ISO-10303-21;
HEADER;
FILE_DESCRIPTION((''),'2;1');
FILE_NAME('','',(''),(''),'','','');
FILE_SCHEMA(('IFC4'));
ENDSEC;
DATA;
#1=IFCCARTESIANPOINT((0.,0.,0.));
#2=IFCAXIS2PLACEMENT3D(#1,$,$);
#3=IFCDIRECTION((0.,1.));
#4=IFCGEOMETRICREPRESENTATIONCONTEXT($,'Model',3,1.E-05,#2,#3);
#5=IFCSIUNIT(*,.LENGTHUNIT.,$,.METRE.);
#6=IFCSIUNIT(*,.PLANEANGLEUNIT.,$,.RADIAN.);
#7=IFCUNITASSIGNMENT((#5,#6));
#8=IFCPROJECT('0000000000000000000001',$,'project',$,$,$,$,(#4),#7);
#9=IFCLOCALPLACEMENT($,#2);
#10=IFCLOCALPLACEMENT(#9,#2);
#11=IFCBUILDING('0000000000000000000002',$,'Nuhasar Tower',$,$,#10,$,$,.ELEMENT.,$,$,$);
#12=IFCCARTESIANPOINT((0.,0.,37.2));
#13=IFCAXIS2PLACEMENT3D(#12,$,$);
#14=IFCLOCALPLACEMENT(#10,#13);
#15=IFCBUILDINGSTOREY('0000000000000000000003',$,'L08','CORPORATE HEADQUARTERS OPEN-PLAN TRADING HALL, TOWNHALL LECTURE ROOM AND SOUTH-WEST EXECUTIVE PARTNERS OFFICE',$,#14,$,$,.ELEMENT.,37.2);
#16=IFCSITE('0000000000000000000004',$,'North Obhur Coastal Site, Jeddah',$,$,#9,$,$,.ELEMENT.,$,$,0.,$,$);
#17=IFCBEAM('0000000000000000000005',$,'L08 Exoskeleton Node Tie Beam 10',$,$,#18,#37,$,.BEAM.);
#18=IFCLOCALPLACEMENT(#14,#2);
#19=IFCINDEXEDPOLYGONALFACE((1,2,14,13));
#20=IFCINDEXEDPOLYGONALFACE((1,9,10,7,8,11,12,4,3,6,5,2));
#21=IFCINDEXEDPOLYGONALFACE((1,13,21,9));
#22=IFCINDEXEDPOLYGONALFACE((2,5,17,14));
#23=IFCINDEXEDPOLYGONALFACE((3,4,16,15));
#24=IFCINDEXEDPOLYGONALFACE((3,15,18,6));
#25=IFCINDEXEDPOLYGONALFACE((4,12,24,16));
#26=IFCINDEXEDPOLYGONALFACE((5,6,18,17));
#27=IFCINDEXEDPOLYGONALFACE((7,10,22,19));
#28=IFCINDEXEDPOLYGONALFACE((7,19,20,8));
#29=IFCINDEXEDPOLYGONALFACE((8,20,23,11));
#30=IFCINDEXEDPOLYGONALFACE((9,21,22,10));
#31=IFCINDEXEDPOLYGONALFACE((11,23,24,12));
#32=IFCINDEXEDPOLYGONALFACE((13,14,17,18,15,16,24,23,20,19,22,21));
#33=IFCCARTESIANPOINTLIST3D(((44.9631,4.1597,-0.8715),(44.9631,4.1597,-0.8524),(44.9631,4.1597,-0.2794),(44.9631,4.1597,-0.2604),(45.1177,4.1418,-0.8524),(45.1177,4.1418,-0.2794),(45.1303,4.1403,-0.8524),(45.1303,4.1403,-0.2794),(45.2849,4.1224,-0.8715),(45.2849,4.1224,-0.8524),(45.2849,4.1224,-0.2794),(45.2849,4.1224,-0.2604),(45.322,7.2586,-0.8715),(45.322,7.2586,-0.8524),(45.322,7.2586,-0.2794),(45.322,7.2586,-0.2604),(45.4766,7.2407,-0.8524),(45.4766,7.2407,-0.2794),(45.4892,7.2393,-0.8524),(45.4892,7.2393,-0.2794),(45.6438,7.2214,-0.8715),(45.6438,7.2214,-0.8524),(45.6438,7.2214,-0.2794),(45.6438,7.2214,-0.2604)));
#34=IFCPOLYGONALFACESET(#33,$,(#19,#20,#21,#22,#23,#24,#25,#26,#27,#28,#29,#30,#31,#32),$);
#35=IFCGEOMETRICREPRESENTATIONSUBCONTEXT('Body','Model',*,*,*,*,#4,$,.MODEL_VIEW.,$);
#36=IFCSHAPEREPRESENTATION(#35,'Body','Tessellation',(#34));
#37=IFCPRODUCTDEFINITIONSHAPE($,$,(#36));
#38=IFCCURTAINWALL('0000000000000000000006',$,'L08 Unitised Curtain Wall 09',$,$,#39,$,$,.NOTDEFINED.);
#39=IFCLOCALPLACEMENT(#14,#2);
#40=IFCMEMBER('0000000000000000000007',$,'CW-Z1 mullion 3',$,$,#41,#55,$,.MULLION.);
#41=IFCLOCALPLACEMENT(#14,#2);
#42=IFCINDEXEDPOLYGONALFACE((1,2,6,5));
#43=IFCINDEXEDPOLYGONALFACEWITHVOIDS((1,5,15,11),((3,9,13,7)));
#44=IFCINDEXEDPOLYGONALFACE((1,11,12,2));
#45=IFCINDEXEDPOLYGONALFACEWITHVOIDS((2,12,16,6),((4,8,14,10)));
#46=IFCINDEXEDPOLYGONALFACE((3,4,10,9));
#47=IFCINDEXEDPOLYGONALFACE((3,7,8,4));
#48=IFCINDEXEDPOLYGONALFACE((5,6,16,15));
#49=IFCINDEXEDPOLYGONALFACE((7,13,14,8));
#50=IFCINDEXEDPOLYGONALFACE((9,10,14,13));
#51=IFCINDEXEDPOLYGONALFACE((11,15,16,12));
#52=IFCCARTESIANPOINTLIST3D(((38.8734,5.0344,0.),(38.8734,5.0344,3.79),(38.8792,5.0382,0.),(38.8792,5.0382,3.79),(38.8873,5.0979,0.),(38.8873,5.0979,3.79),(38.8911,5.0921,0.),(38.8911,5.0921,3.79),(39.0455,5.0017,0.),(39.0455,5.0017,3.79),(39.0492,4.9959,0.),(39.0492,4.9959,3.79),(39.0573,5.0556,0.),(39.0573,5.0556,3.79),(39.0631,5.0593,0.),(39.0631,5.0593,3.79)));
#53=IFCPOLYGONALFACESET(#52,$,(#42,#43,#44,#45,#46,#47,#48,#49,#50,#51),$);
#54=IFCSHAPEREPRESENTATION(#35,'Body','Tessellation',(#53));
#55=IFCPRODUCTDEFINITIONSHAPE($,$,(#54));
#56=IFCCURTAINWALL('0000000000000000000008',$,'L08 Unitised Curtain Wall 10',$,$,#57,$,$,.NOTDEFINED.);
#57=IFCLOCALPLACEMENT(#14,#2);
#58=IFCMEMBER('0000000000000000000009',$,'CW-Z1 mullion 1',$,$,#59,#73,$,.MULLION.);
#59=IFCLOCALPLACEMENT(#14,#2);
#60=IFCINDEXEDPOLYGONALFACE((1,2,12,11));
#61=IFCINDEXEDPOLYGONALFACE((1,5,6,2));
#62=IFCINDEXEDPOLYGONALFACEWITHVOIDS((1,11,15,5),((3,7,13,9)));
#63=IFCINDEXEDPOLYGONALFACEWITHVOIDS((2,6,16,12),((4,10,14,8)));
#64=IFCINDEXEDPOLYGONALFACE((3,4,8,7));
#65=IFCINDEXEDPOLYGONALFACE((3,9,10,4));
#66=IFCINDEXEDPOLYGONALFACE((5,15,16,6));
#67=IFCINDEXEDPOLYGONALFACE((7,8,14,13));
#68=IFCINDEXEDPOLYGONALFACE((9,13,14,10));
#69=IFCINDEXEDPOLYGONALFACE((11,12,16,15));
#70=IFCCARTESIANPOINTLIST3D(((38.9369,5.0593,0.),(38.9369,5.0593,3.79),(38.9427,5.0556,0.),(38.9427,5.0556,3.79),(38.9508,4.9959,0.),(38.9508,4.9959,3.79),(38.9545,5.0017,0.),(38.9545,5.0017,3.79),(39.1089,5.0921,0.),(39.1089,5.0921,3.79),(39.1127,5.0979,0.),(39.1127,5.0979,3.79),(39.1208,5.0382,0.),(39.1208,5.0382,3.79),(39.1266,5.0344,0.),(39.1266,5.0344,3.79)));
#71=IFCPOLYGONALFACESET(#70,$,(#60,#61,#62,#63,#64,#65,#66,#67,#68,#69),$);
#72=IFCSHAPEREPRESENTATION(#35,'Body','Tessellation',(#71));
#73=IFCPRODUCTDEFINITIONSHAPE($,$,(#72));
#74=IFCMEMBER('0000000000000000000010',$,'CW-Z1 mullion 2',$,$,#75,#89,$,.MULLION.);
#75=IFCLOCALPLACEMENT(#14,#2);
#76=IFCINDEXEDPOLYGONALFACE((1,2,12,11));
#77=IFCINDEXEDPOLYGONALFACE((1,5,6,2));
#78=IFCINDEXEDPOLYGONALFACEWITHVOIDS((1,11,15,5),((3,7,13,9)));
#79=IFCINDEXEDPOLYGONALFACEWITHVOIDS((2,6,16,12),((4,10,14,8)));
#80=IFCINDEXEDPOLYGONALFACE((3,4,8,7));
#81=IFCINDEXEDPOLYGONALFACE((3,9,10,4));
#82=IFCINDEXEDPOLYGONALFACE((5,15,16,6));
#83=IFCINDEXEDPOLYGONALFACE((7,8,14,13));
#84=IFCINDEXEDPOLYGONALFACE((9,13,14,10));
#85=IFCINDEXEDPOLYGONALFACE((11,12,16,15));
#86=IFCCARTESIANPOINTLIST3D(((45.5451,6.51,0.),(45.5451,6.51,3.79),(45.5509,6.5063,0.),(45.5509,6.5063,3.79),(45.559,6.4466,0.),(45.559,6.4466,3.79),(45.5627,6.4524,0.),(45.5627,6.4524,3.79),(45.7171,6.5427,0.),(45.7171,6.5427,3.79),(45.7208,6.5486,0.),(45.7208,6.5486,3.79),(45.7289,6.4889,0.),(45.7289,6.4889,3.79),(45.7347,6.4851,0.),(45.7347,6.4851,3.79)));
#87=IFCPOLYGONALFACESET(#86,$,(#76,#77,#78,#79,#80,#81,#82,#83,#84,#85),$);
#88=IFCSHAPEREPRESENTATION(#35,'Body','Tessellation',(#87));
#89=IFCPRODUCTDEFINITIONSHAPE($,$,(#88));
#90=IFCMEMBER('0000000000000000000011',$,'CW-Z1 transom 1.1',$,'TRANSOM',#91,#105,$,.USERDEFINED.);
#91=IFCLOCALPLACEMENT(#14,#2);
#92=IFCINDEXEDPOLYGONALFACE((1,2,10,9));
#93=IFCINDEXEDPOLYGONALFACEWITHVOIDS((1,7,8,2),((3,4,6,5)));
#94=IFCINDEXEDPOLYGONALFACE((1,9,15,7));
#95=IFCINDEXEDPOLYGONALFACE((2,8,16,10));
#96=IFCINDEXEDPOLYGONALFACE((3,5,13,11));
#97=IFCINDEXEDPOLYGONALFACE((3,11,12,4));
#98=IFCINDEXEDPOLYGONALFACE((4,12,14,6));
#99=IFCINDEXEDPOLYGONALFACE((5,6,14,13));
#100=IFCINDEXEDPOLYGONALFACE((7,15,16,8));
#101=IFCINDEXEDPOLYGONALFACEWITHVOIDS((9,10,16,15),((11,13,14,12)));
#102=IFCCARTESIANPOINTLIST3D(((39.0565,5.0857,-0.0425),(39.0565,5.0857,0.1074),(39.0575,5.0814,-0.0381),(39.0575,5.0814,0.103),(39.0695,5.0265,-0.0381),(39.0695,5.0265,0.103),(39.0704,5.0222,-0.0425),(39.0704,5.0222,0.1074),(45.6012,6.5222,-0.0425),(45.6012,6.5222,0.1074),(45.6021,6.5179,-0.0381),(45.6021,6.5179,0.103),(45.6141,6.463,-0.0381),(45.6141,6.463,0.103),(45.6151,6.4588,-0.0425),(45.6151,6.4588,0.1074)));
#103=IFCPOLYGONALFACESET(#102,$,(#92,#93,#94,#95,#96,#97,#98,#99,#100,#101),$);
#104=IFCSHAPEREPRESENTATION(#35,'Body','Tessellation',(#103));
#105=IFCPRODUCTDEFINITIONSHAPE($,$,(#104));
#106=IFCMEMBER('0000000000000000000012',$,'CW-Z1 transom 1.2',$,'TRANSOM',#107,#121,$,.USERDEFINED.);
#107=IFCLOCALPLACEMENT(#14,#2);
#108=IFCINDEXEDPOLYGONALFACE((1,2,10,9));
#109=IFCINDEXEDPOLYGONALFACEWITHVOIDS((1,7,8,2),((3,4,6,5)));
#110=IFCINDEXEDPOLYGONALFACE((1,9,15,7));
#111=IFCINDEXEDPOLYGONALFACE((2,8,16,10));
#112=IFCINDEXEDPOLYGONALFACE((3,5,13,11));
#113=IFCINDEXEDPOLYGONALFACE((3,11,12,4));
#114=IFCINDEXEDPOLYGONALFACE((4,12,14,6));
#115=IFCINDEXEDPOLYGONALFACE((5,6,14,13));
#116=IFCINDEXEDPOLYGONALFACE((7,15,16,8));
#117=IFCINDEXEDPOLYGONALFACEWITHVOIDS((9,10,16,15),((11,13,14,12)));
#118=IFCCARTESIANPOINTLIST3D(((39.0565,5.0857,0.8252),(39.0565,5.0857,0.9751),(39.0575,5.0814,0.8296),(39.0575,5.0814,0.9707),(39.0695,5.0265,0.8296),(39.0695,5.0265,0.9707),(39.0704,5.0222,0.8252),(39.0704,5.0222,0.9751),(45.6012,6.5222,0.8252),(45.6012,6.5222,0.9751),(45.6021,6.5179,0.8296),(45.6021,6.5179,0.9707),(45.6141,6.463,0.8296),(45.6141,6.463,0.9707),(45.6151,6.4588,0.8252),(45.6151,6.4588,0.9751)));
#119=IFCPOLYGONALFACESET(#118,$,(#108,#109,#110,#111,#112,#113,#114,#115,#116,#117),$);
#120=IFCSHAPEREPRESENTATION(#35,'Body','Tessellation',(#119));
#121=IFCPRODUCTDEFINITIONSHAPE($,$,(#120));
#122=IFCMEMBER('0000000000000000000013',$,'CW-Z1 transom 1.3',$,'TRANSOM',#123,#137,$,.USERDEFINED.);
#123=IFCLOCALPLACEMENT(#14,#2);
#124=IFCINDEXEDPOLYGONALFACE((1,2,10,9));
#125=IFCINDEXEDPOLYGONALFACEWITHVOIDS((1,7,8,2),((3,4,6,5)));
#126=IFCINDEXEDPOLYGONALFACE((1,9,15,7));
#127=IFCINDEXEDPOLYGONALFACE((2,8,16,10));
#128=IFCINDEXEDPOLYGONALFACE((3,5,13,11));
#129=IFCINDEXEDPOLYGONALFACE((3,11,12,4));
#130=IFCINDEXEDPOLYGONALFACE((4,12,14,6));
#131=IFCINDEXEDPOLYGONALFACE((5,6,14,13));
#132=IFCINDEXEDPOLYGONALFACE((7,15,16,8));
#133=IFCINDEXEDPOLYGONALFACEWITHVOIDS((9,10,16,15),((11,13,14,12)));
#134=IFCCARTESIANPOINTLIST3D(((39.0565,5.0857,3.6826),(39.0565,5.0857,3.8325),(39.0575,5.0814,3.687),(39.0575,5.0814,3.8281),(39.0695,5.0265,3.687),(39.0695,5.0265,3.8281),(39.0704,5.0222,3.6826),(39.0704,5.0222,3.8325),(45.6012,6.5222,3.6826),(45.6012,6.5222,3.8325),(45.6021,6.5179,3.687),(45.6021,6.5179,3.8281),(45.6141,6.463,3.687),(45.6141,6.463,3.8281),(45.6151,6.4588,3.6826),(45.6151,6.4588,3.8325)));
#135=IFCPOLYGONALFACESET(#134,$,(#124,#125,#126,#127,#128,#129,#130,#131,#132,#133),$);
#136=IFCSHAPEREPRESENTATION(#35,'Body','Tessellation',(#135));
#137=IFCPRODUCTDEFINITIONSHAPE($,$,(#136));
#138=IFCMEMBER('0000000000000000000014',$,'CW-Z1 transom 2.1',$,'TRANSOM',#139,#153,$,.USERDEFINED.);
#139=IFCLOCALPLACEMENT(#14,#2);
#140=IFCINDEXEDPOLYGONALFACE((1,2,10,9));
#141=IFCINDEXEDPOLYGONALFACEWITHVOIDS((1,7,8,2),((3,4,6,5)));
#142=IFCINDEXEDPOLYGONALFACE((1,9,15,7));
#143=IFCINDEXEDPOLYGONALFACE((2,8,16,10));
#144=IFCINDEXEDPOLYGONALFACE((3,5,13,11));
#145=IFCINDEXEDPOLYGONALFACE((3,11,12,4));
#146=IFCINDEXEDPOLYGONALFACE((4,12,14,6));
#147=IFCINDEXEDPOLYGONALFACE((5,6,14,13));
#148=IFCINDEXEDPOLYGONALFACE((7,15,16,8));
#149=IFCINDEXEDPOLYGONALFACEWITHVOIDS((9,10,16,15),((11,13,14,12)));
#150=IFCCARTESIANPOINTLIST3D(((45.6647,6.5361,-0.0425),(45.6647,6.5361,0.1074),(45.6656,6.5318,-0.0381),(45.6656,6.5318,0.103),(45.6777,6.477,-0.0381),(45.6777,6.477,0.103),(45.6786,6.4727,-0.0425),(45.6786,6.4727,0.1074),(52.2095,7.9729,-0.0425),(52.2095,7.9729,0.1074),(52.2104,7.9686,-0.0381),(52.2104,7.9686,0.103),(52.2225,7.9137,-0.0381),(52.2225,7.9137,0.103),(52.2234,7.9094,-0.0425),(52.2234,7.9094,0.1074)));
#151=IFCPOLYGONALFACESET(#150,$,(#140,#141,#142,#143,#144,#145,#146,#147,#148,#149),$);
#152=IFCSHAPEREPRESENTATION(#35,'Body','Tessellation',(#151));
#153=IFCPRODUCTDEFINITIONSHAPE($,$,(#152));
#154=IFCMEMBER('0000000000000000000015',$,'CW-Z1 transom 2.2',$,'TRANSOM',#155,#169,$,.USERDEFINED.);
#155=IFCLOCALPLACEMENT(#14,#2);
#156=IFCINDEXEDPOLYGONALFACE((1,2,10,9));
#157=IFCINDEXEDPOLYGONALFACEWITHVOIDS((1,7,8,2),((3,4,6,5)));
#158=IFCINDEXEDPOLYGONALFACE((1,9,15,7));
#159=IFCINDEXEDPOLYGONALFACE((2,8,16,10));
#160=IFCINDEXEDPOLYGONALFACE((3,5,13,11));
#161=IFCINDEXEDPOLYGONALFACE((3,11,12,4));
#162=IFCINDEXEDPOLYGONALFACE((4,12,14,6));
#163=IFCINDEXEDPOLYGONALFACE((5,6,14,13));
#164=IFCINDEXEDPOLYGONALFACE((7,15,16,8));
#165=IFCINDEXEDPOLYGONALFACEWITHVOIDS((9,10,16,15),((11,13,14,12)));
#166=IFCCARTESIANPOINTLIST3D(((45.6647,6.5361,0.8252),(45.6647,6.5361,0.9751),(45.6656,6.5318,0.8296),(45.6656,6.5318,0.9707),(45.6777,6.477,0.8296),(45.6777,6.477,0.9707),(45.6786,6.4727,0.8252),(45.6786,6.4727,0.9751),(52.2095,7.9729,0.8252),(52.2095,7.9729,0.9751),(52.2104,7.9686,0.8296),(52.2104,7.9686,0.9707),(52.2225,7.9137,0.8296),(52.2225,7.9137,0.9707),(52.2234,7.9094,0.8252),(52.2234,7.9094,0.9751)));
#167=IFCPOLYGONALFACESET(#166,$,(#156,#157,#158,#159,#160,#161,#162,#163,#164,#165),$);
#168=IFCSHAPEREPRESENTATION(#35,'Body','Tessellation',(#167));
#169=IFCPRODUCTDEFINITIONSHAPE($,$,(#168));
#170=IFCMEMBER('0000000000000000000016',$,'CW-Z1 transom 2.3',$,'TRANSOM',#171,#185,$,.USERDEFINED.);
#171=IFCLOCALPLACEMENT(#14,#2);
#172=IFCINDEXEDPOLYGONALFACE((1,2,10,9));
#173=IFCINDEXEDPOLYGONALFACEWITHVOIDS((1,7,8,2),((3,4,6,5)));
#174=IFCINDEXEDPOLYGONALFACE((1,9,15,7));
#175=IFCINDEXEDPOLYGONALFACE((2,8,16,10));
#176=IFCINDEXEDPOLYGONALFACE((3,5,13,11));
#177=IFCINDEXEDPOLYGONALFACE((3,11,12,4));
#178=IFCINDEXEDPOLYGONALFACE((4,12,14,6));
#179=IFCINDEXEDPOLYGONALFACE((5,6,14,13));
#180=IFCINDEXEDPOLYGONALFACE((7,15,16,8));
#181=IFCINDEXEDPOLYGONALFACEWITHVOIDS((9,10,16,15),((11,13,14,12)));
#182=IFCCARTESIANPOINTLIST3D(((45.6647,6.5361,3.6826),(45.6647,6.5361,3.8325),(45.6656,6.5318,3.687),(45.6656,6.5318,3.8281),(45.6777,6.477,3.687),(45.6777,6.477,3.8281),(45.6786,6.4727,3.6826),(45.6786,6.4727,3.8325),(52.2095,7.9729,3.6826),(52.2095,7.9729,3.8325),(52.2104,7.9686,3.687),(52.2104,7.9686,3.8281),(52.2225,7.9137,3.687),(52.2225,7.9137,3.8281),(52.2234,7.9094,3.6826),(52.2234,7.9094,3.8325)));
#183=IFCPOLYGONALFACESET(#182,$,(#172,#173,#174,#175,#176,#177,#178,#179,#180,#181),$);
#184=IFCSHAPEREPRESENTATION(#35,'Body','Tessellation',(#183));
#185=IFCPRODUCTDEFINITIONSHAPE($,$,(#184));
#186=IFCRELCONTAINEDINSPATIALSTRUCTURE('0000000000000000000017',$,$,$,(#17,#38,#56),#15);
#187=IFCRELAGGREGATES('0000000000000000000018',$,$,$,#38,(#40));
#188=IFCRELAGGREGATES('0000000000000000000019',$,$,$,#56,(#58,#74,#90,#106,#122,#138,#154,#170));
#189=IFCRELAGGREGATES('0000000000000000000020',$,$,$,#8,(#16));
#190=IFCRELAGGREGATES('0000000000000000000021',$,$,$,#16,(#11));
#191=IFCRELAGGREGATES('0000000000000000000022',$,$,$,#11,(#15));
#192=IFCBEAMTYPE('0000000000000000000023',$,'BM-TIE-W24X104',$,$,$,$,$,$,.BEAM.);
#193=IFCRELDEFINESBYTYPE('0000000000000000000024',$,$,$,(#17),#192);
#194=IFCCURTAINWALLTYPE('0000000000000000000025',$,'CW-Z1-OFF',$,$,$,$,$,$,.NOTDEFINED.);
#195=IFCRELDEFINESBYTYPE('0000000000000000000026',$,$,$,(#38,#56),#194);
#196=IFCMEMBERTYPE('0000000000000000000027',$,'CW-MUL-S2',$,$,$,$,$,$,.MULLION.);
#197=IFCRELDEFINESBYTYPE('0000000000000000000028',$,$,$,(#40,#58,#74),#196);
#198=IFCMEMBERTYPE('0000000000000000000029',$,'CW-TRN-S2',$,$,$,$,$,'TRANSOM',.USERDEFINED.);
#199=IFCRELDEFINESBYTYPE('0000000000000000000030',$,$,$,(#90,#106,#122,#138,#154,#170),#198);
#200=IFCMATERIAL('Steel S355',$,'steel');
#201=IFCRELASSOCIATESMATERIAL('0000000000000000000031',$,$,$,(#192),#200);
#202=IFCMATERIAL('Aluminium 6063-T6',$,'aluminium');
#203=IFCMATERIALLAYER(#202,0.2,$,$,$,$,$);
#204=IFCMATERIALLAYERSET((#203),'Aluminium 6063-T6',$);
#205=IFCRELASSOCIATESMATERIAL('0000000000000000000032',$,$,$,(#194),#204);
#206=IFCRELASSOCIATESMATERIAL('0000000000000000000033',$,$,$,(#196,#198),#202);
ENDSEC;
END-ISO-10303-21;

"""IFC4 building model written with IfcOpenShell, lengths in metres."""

from ifc_helpers import new_model, si_unit, direction, frame, origin, origin_2d, place, context, subcontext, project, spatial, hollow_rectangle, i_section, extrude, material, layer, layer_set, material_profile, profile_set, type_object, element, aggregate, save


model = new_model("IFC4")

# Units and contexts
model_context = context("Model", 3, precision=1e-05, world=origin(), true_north=direction((0.0, 1.0)))
body_context = subcontext(model_context, "Body", "Model", "MODEL_VIEW")
ifc_project = project(units=[si_unit("LENGTHUNIT", "METRE"), si_unit("PLANEANGLEUNIT", "RADIAN")], contexts=[model_context])

# Site, building, storey
site_placement = place(None, origin())
site = spatial("IfcSite", under=ifc_project, at=site_placement, Name="North Obhur Coastal Site, Jeddah", CompositionType="ELEMENT", RefElevation=0.0)
building_placement = place(site_placement, origin())
building = spatial("IfcBuilding", under=site, at=building_placement, Name="Nuhasar Tower", CompositionType="ELEMENT")
storey_placement = place(building_placement, frame((0.0, 0.0, 37.2)))
storey = spatial("IfcBuildingStorey", under=building, at=storey_placement, Name="L08", Description="CORPORATE HEADQUARTERS OPEN-PLAN TRADING HALL, TOWNHALL LECTURE ROOM AND SOUTH-WEST EXECUTIVE PARTNERS OFFICE", CompositionType="ELEMENT", Elevation=37.2)

# Beam
ifc_material_1 = material(Name="Steel S355", Category="steel")
ifc_material_profile_1 = material_profile(ifc_material_1, i_section(OverallWidth=0.324, OverallDepth=0.6111, WebThickness=0.0127, FlangeThickness=0.019, at=origin_2d()), Name="W24X104")
ifc_profile_set_1 = profile_set([ifc_material_profile_1], Name="Steel S355")
beam_type_1 = type_object("IfcBeamType", Name="BM-TIE-W24X104", PredefinedType="BEAM", material=ifc_profile_set_1)
beam_1_placement = place(storey_placement, frame((45.4829, 7.24, -0.5659), z_axis=(-0.115043, -0.993361, 0.0), x_axis=(0.993361, -0.115043, 0.0)))
element("IfcBeam", 1, at=beam_1_placement, inside=storey, type_object=beam_type_1, Name="L08 Exoskeleton Node Tie Beam 10", PredefinedType="BEAM", context=body_context, shape_type="SweptSolid", body=[
    extrude(i_section(OverallWidth=0.324, OverallDepth=0.6111, WebThickness=0.0127, FlangeThickness=0.019, at=origin_2d()), origin(), (0.0, 0.0, 1.0), 3.1196),
])

# Curtain wall, member
ifc_material_2 = material(Name="Aluminium 6063-T6", Category="aluminium")
ifc_layer_1 = layer(ifc_material_2, 0.2)
ifc_layer_set_1 = layer_set([ifc_layer_1], Name="Aluminium 6063-T6")
curtain_wall_type = type_object("IfcCurtainWallType", Name="CW-Z1-OFF", PredefinedType="NOTDEFINED", material=ifc_layer_set_1)
curtain_wall_1_placement = place(storey_placement, origin())
curtain_wall_1 = element("IfcCurtainWall", 2, at=curtain_wall_1_placement, inside=storey, type_object=curtain_wall_type, Name="L08 Unitised Curtain Wall 09", PredefinedType="NOTDEFINED")
ifc_material_profile_2 = material_profile(ifc_material_2, hollow_rectangle(XDim=0.0649, YDim=0.1799, WallThickness=0.0049, at=origin_2d()), Name="CWM-2")
ifc_profile_set_2 = profile_set([ifc_material_profile_2], Name="Aluminium 6063-T6")
member_type_1 = type_object("IfcMemberType", Name="CW-MUL-S2", PredefinedType="MULLION", material=ifc_profile_set_2)
member_1_placement = place(storey_placement, frame((38.9683, 5.0469, 0.0), z_axis=(0.0, 0.0, 1.0), x_axis=(0.214399, 0.976746, 0.0)))
member_1 = element("IfcMember", 3, at=member_1_placement, type_object=member_type_1, Name="CW-Z1 mullion 3", PredefinedType="MULLION", context=body_context, shape_type="SweptSolid", body=[
    extrude(hollow_rectangle(XDim=0.0649, YDim=0.1799, WallThickness=0.0049, at=origin_2d()), origin(), (0.0, 0.0, 1.0), 3.79),
])
aggregate(curtain_wall_1, [member_1])

# Curtain wall, members
curtain_wall_2_placement = place(storey_placement, origin())
curtain_wall_2 = element("IfcCurtainWall", 4, at=curtain_wall_2_placement, inside=storey, type_object=curtain_wall_type, Name="L08 Unitised Curtain Wall 10", PredefinedType="NOTDEFINED")
member_2_placement = place(storey_placement, frame((39.0317, 5.0469, 0.0), z_axis=(0.0, 0.0, 1.0), x_axis=(-0.214399, 0.976746, 0.0)))
member_2 = element("IfcMember", 5, at=member_2_placement, type_object=member_type_1, Name="CW-Z1 mullion 1", PredefinedType="MULLION", context=body_context, shape_type="SweptSolid", body=[
    extrude(hollow_rectangle(XDim=0.0649, YDim=0.1799, WallThickness=0.0049, at=origin_2d()), origin(), (0.0, 0.0, 1.0), 3.79),
])
member_3_placement = place(storey_placement, frame((45.6399, 6.4976, 0.0), z_axis=(0.0, 0.0, 1.0), x_axis=(-0.214399, 0.976746, 0.0)))
member_3 = element("IfcMember", 6, at=member_3_placement, type_object=member_type_1, Name="CW-Z1 mullion 2", PredefinedType="MULLION", context=body_context, shape_type="SweptSolid", body=[
    extrude(hollow_rectangle(XDim=0.0649, YDim=0.1799, WallThickness=0.0049, at=origin_2d()), origin(), (0.0, 0.0, 1.0), 3.79),
])
ifc_material_profile_3 = material_profile(ifc_material_2, hollow_rectangle(XDim=0.0649, YDim=0.1499, WallThickness=0.0044, at=origin_2d()), Name="CWT-2")
ifc_profile_set_3 = profile_set([ifc_material_profile_3], Name="Aluminium 6063-T6")
member_type_2 = type_object("IfcMemberType", Name="CW-TRN-S2", ElementType="TRANSOM", PredefinedType="USERDEFINED", material=ifc_profile_set_3)
member_4_placement = place(storey_placement, frame((39.0635, 5.054, 0.0325), z_axis=(0.976748, 0.214391, 0.0), x_axis=(-0.214391, 0.976748, 0.0)))
member_4 = element("IfcMember", 7, at=member_4_placement, type_object=member_type_2, Name="CW-Z1 transom 1.1", ObjectType="TRANSOM", PredefinedType="USERDEFINED", context=body_context, shape_type="SweptSolid", body=[
    extrude(hollow_rectangle(XDim=0.0649, YDim=0.1499, WallThickness=0.0044, at=origin_2d()), origin(), (0.0, 0.0, 1.0), 6.7004),
])
member_5_placement = place(storey_placement, frame((39.0635, 5.054, 0.9001), z_axis=(0.976748, 0.214391, 0.0), x_axis=(-0.214391, 0.976748, 0.0)))
member_5 = element("IfcMember", 8, at=member_5_placement, type_object=member_type_2, Name="CW-Z1 transom 1.2", ObjectType="TRANSOM", PredefinedType="USERDEFINED", context=body_context, shape_type="SweptSolid", body=[
    extrude(hollow_rectangle(XDim=0.0649, YDim=0.1499, WallThickness=0.0044, at=origin_2d()), origin(), (0.0, 0.0, 1.0), 6.7004),
])
member_6_placement = place(storey_placement, frame((39.0635, 5.054, 3.7576), z_axis=(0.976748, 0.214391, 0.0), x_axis=(-0.214391, 0.976748, 0.0)))
member_6 = element("IfcMember", 9, at=member_6_placement, type_object=member_type_2, Name="CW-Z1 transom 1.3", ObjectType="TRANSOM", PredefinedType="USERDEFINED", context=body_context, shape_type="SweptSolid", body=[
    extrude(hollow_rectangle(XDim=0.0649, YDim=0.1499, WallThickness=0.0044, at=origin_2d()), origin(), (0.0, 0.0, 1.0), 6.7004),
])
member_7_placement = place(storey_placement, frame((45.6716, 6.5044, 0.0325), z_axis=(0.976742, 0.214418, 0.0), x_axis=(-0.214418, 0.976742, 0.0)))
member_7 = element("IfcMember", 10, at=member_7_placement, type_object=member_type_2, Name="CW-Z1 transom 2.1", ObjectType="TRANSOM", PredefinedType="USERDEFINED", context=body_context, shape_type="SweptSolid", body=[
    extrude(hollow_rectangle(XDim=0.0649, YDim=0.1499, WallThickness=0.0044, at=origin_2d()), origin(), (0.0, 0.0, 1.0), 6.7007),
])
member_8_placement = place(storey_placement, frame((45.6716, 6.5044, 0.9001), z_axis=(0.976742, 0.214418, 0.0), x_axis=(-0.214418, 0.976742, 0.0)))
member_8 = element("IfcMember", 11, at=member_8_placement, type_object=member_type_2, Name="CW-Z1 transom 2.2", ObjectType="TRANSOM", PredefinedType="USERDEFINED", context=body_context, shape_type="SweptSolid", body=[
    extrude(hollow_rectangle(XDim=0.0649, YDim=0.1499, WallThickness=0.0044, at=origin_2d()), origin(), (0.0, 0.0, 1.0), 6.7007),
])
member_9_placement = place(storey_placement, frame((45.6716, 6.5044, 3.7576), z_axis=(0.976742, 0.214418, 0.0), x_axis=(-0.214418, 0.976742, 0.0)))
member_9 = element("IfcMember", 12, at=member_9_placement, type_object=member_type_2, Name="CW-Z1 transom 2.3", ObjectType="TRANSOM", PredefinedType="USERDEFINED", context=body_context, shape_type="SweptSolid", body=[
    extrude(hollow_rectangle(XDim=0.0649, YDim=0.1499, WallThickness=0.0044, at=origin_2d()), origin(), (0.0, 0.0, 1.0), 6.7007),
])

aggregate(curtain_wall_2, [member_2, member_3, member_4, member_5, member_6, member_7, member_8, member_9])

save(model, "model.ifc")
